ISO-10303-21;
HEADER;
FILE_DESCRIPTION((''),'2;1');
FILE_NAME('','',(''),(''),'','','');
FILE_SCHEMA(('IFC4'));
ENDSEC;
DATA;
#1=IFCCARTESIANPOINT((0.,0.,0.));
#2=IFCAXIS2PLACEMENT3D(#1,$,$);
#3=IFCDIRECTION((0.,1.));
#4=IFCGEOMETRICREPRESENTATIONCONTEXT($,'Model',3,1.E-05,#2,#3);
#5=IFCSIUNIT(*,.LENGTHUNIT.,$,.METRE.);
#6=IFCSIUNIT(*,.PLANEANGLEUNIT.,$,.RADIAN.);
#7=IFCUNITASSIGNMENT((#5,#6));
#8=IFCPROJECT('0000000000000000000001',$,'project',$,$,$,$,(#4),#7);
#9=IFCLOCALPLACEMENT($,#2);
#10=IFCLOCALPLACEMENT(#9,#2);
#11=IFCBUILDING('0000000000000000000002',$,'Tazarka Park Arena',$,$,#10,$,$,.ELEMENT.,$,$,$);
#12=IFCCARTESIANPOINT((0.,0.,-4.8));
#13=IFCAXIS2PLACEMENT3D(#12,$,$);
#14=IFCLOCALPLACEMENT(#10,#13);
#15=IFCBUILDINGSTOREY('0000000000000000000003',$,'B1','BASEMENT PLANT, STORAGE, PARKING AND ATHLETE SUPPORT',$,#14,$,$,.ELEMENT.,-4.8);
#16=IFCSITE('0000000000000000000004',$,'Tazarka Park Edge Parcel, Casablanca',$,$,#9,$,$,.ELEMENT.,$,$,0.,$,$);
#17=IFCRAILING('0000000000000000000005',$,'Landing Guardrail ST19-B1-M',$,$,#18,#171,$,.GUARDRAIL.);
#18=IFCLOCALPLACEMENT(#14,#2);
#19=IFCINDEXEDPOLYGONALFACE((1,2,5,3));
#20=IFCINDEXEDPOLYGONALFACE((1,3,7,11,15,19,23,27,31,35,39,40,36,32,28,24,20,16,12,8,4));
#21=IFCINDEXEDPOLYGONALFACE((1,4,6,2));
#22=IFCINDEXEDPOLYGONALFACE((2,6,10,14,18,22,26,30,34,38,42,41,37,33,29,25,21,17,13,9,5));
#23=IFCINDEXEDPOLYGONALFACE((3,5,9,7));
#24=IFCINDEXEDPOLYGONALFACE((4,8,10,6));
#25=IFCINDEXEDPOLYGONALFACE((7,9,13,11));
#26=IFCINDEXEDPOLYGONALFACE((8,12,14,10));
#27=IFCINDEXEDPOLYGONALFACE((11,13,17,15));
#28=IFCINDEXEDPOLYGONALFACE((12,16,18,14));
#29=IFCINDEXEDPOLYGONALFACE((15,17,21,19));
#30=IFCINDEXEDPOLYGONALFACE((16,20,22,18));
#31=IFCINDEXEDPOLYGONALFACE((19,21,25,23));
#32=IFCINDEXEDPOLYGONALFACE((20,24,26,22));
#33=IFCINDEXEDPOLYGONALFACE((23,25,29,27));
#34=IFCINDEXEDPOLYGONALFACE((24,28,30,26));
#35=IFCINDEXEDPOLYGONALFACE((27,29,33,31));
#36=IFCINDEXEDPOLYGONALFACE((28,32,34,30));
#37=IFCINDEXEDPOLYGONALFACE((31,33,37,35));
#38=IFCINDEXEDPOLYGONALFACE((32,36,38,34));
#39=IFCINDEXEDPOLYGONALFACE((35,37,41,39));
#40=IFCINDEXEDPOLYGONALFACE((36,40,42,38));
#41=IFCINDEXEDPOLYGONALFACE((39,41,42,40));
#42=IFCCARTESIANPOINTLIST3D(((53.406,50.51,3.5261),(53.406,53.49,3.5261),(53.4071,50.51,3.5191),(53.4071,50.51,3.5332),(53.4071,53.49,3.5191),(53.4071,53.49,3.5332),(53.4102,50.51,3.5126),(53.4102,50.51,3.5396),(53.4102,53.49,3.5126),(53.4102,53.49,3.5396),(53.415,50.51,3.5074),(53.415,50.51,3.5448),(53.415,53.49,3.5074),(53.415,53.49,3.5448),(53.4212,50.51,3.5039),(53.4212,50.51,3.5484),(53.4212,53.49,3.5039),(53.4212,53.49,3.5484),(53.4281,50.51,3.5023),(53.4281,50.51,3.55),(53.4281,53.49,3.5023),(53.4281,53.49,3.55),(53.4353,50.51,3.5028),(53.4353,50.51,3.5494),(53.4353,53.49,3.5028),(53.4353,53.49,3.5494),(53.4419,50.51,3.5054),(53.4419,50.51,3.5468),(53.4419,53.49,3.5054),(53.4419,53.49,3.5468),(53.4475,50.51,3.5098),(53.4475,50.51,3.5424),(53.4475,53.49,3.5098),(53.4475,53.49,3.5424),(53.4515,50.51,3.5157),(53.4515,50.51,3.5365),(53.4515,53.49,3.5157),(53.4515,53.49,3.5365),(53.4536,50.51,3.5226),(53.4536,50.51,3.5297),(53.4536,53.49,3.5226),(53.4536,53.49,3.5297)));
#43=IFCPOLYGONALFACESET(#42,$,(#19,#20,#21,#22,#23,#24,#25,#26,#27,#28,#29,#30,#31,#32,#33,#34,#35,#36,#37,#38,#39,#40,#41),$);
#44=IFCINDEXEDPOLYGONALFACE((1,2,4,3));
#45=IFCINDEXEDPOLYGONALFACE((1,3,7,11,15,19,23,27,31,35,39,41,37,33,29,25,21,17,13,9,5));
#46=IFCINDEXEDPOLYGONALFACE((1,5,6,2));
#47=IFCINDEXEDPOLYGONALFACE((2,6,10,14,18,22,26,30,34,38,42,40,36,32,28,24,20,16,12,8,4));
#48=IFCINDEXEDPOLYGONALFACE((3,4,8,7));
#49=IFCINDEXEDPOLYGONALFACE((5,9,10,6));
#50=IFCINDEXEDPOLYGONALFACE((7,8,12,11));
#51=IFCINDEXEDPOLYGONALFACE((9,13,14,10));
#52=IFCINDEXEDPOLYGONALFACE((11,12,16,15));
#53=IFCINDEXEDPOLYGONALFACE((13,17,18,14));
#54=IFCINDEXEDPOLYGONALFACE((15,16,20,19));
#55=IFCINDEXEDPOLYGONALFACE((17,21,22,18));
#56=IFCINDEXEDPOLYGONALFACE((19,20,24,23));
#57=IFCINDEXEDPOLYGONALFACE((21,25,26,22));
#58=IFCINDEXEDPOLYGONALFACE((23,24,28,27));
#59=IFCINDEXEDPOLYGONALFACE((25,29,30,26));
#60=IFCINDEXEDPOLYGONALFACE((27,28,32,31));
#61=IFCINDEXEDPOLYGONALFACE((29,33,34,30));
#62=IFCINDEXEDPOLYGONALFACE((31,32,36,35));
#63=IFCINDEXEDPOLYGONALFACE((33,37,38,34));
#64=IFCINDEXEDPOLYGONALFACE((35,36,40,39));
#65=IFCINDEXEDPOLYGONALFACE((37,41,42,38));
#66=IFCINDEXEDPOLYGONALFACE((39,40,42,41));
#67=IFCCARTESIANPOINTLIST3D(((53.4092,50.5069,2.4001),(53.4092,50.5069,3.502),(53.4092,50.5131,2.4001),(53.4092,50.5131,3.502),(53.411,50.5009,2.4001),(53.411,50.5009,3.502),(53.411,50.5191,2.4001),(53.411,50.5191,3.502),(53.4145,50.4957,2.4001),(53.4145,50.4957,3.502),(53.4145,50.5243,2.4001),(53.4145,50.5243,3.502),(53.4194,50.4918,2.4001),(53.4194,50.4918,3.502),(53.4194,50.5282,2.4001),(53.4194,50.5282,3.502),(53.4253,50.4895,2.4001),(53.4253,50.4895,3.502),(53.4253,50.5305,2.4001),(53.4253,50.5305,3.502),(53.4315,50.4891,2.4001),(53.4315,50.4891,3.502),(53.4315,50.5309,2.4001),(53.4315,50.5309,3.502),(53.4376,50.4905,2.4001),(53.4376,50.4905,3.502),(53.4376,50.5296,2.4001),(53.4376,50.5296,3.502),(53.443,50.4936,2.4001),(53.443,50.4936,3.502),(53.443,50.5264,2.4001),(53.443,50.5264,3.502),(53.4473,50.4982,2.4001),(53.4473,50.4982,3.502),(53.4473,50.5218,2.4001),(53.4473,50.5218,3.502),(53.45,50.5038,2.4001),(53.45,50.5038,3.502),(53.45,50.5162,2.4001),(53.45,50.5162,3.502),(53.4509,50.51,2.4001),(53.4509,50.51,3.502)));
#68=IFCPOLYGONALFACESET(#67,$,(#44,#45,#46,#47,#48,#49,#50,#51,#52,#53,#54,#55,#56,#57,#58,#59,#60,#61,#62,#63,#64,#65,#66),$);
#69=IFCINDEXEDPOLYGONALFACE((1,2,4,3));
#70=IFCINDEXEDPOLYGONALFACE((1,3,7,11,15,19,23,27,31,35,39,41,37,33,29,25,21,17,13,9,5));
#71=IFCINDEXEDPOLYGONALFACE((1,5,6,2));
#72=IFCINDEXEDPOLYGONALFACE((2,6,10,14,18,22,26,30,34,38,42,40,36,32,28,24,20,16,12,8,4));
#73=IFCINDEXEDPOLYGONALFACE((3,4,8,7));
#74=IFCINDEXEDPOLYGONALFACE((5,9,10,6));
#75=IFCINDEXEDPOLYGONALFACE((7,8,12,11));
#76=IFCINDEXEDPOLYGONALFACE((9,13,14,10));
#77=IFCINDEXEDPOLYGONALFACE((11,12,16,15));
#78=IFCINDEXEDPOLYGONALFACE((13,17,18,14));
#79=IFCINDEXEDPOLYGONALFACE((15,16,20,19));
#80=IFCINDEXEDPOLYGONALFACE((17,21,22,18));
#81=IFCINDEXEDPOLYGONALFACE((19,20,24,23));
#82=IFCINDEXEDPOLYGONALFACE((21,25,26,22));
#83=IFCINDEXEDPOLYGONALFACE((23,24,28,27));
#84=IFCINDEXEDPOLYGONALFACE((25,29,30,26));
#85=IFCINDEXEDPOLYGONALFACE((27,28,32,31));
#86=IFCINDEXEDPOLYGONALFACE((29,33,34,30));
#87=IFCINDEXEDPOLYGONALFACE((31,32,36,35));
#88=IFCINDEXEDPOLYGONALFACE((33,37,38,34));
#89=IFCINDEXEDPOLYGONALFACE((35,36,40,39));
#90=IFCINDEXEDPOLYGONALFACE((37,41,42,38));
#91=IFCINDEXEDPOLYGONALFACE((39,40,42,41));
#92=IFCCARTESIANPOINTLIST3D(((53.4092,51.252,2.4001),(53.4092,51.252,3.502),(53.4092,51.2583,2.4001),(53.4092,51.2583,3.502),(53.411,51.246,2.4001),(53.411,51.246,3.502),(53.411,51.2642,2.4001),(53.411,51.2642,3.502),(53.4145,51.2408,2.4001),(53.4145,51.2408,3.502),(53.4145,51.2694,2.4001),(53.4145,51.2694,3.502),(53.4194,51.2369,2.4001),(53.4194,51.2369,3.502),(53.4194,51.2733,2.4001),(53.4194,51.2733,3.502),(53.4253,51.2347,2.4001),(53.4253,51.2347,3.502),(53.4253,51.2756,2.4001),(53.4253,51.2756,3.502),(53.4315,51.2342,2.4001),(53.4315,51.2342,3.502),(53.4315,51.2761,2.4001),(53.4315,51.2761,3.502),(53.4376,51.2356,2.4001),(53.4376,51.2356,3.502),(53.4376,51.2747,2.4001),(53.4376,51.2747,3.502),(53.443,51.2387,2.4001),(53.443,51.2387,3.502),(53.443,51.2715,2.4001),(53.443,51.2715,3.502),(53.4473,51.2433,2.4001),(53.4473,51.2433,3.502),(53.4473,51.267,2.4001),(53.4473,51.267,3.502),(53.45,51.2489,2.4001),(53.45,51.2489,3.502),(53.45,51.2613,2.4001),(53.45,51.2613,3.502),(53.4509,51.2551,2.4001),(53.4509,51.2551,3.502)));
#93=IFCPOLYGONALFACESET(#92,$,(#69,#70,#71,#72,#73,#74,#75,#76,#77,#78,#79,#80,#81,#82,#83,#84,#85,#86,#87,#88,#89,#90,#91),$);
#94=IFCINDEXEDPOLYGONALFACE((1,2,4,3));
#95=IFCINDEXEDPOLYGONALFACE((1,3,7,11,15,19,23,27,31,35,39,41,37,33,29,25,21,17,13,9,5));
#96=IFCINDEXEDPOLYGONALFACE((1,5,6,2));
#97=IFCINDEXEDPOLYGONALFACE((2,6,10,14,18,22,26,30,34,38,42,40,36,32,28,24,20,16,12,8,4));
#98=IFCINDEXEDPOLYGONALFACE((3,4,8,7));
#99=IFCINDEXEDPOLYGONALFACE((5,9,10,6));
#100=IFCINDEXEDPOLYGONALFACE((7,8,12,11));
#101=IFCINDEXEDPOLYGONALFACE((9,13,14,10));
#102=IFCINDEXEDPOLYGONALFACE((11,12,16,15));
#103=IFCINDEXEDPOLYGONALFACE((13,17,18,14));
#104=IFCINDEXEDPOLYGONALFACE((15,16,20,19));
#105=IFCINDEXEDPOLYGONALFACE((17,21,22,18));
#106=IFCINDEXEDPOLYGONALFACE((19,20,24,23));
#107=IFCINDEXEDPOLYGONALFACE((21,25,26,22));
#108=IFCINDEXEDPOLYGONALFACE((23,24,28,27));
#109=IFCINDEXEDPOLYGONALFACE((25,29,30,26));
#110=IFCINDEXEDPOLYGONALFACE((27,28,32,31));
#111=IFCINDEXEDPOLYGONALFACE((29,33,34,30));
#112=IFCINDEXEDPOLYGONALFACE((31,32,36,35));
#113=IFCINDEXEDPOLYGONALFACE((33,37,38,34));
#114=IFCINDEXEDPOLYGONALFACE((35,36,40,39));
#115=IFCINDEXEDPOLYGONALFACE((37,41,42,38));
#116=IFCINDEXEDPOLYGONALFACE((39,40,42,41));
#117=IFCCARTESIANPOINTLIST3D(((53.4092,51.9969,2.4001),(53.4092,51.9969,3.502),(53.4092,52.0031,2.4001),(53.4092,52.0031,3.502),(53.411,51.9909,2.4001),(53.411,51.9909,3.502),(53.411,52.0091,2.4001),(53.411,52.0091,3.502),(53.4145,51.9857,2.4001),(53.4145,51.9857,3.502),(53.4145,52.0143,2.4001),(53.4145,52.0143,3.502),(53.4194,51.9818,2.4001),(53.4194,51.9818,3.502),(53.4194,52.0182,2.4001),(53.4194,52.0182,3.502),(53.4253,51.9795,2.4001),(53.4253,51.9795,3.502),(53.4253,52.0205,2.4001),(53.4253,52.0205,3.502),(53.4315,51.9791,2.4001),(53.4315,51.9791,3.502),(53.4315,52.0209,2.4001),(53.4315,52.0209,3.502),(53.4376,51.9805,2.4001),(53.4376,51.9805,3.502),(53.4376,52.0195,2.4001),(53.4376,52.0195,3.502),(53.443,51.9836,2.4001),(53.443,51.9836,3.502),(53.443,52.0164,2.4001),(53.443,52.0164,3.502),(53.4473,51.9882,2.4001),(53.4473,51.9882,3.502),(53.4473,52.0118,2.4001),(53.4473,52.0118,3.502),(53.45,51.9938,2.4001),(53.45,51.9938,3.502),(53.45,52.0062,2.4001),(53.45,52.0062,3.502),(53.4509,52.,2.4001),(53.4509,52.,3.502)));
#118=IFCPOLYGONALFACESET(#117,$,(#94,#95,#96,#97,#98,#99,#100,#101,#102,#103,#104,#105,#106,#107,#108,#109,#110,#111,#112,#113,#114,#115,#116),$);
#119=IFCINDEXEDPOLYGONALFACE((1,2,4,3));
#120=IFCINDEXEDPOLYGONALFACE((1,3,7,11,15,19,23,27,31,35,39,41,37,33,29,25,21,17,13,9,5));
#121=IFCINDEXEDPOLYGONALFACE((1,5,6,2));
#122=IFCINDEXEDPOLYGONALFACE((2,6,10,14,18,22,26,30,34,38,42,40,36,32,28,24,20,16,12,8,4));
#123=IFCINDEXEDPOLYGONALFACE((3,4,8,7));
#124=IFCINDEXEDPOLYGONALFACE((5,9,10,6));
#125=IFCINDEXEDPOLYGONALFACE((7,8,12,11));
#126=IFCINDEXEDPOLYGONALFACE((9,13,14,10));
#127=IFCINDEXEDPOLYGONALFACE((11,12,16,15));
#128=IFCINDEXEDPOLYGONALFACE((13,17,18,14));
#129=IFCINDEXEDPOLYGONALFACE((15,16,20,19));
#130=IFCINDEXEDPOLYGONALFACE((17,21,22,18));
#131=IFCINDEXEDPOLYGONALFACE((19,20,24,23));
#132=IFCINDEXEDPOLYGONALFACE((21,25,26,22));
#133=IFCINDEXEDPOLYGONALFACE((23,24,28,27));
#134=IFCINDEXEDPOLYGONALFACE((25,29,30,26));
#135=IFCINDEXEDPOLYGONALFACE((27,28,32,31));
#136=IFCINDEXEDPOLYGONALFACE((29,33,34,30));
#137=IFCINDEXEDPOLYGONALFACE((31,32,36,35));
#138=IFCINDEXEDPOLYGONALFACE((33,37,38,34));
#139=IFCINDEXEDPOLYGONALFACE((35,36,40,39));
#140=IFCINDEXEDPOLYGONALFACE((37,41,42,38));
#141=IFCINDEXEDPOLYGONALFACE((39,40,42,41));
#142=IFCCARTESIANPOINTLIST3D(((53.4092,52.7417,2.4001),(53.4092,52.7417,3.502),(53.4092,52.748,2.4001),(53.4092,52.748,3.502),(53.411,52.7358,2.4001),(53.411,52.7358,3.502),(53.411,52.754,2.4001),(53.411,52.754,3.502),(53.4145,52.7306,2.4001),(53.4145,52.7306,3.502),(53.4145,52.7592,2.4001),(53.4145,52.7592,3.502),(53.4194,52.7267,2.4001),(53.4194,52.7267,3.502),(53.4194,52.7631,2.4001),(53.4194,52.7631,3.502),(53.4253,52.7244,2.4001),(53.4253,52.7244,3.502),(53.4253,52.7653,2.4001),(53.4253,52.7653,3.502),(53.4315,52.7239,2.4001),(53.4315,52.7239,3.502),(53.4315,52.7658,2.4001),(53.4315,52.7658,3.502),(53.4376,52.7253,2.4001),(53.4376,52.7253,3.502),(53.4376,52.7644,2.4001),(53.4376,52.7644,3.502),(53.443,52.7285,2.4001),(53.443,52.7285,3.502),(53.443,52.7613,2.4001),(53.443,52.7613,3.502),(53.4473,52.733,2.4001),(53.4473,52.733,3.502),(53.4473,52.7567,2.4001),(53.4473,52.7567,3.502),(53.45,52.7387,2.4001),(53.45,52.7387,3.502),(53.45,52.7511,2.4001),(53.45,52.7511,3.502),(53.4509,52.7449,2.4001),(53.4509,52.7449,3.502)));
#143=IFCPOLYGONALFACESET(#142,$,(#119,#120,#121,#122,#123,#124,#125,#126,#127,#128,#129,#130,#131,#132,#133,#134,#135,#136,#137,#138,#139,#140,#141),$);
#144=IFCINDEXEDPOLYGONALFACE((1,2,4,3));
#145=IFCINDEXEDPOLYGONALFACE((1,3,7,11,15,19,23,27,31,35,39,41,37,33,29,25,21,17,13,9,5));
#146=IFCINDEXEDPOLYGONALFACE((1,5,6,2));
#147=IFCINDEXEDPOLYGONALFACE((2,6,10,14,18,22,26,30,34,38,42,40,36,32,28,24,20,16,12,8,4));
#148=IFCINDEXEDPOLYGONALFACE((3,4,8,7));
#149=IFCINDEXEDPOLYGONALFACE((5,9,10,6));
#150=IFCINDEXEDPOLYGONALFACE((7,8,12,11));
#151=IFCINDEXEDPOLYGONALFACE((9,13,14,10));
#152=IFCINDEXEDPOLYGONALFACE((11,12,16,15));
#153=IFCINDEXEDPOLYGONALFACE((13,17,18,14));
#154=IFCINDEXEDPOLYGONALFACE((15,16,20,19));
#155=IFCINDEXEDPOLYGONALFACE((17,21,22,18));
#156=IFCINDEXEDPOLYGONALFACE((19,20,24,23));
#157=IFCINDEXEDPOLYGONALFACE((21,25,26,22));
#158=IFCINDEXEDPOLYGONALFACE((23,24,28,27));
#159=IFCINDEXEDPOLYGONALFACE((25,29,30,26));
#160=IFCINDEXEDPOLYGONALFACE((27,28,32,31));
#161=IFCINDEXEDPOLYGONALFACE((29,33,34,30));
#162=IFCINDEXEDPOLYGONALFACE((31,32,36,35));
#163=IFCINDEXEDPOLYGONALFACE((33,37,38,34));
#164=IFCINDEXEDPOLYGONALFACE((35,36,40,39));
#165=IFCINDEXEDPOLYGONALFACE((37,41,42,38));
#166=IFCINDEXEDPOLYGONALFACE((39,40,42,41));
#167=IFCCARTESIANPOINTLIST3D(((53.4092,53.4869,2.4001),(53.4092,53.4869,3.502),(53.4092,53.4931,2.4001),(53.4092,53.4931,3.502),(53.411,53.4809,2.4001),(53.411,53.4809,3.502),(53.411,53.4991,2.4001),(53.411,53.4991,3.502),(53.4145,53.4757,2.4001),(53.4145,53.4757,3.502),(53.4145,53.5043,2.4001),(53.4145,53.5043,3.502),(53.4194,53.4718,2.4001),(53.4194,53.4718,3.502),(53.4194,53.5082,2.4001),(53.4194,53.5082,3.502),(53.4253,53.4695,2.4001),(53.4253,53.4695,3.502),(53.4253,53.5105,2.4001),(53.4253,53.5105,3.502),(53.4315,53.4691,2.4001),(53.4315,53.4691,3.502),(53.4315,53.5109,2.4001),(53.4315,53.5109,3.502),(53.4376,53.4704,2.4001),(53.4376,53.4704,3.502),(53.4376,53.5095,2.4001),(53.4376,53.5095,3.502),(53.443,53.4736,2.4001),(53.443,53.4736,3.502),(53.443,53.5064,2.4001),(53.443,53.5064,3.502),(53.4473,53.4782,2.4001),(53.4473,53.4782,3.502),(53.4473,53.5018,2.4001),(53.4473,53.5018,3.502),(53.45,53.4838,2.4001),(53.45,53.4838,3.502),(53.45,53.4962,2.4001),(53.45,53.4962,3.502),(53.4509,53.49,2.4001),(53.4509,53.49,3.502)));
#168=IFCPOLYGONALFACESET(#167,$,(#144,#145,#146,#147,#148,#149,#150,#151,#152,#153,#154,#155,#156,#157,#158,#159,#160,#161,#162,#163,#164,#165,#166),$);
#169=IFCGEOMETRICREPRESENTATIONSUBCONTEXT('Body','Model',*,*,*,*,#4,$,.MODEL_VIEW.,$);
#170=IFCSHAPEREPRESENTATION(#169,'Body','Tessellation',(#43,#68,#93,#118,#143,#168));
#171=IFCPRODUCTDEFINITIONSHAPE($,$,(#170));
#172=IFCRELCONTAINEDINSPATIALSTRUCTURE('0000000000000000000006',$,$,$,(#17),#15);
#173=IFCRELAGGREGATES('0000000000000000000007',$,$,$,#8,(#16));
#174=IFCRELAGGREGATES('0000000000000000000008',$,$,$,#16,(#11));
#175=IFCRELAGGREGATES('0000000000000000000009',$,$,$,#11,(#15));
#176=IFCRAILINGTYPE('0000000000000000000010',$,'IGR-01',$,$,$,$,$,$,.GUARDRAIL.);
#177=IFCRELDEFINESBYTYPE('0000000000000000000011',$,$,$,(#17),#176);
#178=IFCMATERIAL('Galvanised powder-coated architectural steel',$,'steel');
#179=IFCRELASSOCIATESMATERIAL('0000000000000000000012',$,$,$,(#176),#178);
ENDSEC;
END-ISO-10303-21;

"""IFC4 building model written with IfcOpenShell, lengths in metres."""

from ifc_helpers import new_model, si_unit, direction, frame, origin, origin_2d, place, context, subcontext, project, spatial, circle, extrude, material, type_object, element, save


model = new_model("IFC4")

# Units and contexts
model_context = context("Model", 3, precision=1e-05, world=origin(), true_north=direction((0.0, 1.0)))
body_context = subcontext(model_context, "Body", "Model", "MODEL_VIEW")
ifc_project = project(units=[si_unit("LENGTHUNIT", "METRE"), si_unit("PLANEANGLEUNIT", "RADIAN")], contexts=[model_context])

# Site, building, storey
site_placement = place(None, origin())
site = spatial("IfcSite", under=ifc_project, at=site_placement, Name="Tazarka Park Edge Parcel, Casablanca", CompositionType="ELEMENT", RefElevation=0.0)
building_placement = place(site_placement, origin())
building = spatial("IfcBuilding", under=site, at=building_placement, Name="Tazarka Park Arena", CompositionType="ELEMENT")
storey_placement = place(building_placement, frame((0.0, 0.0, -4.8)))
storey = spatial("IfcBuildingStorey", under=building, at=storey_placement, Name="B1", Description="BASEMENT PLANT, STORAGE, PARKING AND ATHLETE SUPPORT", CompositionType="ELEMENT", Elevation=-4.8)

# Railing
ifc_material_1 = material(Name="Galvanised powder-coated architectural steel", Category="steel")
railing_type_1 = type_object("IfcRailingType", Name="IGR-01", PredefinedType="GUARDRAIL", material=ifc_material_1)
railing_1_placement = place(storey_placement, frame((53.4299, 50.51, 2.4001)))
element("IfcRailing", 1, at=railing_1_placement, inside=storey, type_object=railing_type_1, Name="Landing Guardrail ST19-B1-M", PredefinedType="GUARDRAIL", context=body_context, shape_type="SweptSolid", body=[
    extrude(circle(Radius=0.0239, at=origin_2d()), frame((0.0, 0.0, 1.126), z_axis=(0.0, 1.0, 0.0), x_axis=(-1.0, 0.0, 0.0)), (0.0, 0.0, 1.0), 2.98),
    extrude(circle(Radius=0.021, at=origin_2d()), origin(), (0.0, 0.0, 1.0), 1.1018),
    extrude(circle(Radius=0.021, at=origin_2d()), frame((0.0, 0.7451, 0.0)), (0.0, 0.0, 1.0), 1.1018),
    extrude(circle(Radius=0.021, at=origin_2d()), frame((0.0, 1.49, 0.0)), (0.0, 0.0, 1.0), 1.1018),
    extrude(circle(Radius=0.021, at=origin_2d()), frame((0.0, 2.2349, 0.0)), (0.0, 0.0, 1.0), 1.1018),
    extrude(circle(Radius=0.021, at=origin_2d()), frame((0.0, 2.98, 0.0)), (0.0, 0.0, 1.0), 1.1018),
])

save(model, "model.ifc")
